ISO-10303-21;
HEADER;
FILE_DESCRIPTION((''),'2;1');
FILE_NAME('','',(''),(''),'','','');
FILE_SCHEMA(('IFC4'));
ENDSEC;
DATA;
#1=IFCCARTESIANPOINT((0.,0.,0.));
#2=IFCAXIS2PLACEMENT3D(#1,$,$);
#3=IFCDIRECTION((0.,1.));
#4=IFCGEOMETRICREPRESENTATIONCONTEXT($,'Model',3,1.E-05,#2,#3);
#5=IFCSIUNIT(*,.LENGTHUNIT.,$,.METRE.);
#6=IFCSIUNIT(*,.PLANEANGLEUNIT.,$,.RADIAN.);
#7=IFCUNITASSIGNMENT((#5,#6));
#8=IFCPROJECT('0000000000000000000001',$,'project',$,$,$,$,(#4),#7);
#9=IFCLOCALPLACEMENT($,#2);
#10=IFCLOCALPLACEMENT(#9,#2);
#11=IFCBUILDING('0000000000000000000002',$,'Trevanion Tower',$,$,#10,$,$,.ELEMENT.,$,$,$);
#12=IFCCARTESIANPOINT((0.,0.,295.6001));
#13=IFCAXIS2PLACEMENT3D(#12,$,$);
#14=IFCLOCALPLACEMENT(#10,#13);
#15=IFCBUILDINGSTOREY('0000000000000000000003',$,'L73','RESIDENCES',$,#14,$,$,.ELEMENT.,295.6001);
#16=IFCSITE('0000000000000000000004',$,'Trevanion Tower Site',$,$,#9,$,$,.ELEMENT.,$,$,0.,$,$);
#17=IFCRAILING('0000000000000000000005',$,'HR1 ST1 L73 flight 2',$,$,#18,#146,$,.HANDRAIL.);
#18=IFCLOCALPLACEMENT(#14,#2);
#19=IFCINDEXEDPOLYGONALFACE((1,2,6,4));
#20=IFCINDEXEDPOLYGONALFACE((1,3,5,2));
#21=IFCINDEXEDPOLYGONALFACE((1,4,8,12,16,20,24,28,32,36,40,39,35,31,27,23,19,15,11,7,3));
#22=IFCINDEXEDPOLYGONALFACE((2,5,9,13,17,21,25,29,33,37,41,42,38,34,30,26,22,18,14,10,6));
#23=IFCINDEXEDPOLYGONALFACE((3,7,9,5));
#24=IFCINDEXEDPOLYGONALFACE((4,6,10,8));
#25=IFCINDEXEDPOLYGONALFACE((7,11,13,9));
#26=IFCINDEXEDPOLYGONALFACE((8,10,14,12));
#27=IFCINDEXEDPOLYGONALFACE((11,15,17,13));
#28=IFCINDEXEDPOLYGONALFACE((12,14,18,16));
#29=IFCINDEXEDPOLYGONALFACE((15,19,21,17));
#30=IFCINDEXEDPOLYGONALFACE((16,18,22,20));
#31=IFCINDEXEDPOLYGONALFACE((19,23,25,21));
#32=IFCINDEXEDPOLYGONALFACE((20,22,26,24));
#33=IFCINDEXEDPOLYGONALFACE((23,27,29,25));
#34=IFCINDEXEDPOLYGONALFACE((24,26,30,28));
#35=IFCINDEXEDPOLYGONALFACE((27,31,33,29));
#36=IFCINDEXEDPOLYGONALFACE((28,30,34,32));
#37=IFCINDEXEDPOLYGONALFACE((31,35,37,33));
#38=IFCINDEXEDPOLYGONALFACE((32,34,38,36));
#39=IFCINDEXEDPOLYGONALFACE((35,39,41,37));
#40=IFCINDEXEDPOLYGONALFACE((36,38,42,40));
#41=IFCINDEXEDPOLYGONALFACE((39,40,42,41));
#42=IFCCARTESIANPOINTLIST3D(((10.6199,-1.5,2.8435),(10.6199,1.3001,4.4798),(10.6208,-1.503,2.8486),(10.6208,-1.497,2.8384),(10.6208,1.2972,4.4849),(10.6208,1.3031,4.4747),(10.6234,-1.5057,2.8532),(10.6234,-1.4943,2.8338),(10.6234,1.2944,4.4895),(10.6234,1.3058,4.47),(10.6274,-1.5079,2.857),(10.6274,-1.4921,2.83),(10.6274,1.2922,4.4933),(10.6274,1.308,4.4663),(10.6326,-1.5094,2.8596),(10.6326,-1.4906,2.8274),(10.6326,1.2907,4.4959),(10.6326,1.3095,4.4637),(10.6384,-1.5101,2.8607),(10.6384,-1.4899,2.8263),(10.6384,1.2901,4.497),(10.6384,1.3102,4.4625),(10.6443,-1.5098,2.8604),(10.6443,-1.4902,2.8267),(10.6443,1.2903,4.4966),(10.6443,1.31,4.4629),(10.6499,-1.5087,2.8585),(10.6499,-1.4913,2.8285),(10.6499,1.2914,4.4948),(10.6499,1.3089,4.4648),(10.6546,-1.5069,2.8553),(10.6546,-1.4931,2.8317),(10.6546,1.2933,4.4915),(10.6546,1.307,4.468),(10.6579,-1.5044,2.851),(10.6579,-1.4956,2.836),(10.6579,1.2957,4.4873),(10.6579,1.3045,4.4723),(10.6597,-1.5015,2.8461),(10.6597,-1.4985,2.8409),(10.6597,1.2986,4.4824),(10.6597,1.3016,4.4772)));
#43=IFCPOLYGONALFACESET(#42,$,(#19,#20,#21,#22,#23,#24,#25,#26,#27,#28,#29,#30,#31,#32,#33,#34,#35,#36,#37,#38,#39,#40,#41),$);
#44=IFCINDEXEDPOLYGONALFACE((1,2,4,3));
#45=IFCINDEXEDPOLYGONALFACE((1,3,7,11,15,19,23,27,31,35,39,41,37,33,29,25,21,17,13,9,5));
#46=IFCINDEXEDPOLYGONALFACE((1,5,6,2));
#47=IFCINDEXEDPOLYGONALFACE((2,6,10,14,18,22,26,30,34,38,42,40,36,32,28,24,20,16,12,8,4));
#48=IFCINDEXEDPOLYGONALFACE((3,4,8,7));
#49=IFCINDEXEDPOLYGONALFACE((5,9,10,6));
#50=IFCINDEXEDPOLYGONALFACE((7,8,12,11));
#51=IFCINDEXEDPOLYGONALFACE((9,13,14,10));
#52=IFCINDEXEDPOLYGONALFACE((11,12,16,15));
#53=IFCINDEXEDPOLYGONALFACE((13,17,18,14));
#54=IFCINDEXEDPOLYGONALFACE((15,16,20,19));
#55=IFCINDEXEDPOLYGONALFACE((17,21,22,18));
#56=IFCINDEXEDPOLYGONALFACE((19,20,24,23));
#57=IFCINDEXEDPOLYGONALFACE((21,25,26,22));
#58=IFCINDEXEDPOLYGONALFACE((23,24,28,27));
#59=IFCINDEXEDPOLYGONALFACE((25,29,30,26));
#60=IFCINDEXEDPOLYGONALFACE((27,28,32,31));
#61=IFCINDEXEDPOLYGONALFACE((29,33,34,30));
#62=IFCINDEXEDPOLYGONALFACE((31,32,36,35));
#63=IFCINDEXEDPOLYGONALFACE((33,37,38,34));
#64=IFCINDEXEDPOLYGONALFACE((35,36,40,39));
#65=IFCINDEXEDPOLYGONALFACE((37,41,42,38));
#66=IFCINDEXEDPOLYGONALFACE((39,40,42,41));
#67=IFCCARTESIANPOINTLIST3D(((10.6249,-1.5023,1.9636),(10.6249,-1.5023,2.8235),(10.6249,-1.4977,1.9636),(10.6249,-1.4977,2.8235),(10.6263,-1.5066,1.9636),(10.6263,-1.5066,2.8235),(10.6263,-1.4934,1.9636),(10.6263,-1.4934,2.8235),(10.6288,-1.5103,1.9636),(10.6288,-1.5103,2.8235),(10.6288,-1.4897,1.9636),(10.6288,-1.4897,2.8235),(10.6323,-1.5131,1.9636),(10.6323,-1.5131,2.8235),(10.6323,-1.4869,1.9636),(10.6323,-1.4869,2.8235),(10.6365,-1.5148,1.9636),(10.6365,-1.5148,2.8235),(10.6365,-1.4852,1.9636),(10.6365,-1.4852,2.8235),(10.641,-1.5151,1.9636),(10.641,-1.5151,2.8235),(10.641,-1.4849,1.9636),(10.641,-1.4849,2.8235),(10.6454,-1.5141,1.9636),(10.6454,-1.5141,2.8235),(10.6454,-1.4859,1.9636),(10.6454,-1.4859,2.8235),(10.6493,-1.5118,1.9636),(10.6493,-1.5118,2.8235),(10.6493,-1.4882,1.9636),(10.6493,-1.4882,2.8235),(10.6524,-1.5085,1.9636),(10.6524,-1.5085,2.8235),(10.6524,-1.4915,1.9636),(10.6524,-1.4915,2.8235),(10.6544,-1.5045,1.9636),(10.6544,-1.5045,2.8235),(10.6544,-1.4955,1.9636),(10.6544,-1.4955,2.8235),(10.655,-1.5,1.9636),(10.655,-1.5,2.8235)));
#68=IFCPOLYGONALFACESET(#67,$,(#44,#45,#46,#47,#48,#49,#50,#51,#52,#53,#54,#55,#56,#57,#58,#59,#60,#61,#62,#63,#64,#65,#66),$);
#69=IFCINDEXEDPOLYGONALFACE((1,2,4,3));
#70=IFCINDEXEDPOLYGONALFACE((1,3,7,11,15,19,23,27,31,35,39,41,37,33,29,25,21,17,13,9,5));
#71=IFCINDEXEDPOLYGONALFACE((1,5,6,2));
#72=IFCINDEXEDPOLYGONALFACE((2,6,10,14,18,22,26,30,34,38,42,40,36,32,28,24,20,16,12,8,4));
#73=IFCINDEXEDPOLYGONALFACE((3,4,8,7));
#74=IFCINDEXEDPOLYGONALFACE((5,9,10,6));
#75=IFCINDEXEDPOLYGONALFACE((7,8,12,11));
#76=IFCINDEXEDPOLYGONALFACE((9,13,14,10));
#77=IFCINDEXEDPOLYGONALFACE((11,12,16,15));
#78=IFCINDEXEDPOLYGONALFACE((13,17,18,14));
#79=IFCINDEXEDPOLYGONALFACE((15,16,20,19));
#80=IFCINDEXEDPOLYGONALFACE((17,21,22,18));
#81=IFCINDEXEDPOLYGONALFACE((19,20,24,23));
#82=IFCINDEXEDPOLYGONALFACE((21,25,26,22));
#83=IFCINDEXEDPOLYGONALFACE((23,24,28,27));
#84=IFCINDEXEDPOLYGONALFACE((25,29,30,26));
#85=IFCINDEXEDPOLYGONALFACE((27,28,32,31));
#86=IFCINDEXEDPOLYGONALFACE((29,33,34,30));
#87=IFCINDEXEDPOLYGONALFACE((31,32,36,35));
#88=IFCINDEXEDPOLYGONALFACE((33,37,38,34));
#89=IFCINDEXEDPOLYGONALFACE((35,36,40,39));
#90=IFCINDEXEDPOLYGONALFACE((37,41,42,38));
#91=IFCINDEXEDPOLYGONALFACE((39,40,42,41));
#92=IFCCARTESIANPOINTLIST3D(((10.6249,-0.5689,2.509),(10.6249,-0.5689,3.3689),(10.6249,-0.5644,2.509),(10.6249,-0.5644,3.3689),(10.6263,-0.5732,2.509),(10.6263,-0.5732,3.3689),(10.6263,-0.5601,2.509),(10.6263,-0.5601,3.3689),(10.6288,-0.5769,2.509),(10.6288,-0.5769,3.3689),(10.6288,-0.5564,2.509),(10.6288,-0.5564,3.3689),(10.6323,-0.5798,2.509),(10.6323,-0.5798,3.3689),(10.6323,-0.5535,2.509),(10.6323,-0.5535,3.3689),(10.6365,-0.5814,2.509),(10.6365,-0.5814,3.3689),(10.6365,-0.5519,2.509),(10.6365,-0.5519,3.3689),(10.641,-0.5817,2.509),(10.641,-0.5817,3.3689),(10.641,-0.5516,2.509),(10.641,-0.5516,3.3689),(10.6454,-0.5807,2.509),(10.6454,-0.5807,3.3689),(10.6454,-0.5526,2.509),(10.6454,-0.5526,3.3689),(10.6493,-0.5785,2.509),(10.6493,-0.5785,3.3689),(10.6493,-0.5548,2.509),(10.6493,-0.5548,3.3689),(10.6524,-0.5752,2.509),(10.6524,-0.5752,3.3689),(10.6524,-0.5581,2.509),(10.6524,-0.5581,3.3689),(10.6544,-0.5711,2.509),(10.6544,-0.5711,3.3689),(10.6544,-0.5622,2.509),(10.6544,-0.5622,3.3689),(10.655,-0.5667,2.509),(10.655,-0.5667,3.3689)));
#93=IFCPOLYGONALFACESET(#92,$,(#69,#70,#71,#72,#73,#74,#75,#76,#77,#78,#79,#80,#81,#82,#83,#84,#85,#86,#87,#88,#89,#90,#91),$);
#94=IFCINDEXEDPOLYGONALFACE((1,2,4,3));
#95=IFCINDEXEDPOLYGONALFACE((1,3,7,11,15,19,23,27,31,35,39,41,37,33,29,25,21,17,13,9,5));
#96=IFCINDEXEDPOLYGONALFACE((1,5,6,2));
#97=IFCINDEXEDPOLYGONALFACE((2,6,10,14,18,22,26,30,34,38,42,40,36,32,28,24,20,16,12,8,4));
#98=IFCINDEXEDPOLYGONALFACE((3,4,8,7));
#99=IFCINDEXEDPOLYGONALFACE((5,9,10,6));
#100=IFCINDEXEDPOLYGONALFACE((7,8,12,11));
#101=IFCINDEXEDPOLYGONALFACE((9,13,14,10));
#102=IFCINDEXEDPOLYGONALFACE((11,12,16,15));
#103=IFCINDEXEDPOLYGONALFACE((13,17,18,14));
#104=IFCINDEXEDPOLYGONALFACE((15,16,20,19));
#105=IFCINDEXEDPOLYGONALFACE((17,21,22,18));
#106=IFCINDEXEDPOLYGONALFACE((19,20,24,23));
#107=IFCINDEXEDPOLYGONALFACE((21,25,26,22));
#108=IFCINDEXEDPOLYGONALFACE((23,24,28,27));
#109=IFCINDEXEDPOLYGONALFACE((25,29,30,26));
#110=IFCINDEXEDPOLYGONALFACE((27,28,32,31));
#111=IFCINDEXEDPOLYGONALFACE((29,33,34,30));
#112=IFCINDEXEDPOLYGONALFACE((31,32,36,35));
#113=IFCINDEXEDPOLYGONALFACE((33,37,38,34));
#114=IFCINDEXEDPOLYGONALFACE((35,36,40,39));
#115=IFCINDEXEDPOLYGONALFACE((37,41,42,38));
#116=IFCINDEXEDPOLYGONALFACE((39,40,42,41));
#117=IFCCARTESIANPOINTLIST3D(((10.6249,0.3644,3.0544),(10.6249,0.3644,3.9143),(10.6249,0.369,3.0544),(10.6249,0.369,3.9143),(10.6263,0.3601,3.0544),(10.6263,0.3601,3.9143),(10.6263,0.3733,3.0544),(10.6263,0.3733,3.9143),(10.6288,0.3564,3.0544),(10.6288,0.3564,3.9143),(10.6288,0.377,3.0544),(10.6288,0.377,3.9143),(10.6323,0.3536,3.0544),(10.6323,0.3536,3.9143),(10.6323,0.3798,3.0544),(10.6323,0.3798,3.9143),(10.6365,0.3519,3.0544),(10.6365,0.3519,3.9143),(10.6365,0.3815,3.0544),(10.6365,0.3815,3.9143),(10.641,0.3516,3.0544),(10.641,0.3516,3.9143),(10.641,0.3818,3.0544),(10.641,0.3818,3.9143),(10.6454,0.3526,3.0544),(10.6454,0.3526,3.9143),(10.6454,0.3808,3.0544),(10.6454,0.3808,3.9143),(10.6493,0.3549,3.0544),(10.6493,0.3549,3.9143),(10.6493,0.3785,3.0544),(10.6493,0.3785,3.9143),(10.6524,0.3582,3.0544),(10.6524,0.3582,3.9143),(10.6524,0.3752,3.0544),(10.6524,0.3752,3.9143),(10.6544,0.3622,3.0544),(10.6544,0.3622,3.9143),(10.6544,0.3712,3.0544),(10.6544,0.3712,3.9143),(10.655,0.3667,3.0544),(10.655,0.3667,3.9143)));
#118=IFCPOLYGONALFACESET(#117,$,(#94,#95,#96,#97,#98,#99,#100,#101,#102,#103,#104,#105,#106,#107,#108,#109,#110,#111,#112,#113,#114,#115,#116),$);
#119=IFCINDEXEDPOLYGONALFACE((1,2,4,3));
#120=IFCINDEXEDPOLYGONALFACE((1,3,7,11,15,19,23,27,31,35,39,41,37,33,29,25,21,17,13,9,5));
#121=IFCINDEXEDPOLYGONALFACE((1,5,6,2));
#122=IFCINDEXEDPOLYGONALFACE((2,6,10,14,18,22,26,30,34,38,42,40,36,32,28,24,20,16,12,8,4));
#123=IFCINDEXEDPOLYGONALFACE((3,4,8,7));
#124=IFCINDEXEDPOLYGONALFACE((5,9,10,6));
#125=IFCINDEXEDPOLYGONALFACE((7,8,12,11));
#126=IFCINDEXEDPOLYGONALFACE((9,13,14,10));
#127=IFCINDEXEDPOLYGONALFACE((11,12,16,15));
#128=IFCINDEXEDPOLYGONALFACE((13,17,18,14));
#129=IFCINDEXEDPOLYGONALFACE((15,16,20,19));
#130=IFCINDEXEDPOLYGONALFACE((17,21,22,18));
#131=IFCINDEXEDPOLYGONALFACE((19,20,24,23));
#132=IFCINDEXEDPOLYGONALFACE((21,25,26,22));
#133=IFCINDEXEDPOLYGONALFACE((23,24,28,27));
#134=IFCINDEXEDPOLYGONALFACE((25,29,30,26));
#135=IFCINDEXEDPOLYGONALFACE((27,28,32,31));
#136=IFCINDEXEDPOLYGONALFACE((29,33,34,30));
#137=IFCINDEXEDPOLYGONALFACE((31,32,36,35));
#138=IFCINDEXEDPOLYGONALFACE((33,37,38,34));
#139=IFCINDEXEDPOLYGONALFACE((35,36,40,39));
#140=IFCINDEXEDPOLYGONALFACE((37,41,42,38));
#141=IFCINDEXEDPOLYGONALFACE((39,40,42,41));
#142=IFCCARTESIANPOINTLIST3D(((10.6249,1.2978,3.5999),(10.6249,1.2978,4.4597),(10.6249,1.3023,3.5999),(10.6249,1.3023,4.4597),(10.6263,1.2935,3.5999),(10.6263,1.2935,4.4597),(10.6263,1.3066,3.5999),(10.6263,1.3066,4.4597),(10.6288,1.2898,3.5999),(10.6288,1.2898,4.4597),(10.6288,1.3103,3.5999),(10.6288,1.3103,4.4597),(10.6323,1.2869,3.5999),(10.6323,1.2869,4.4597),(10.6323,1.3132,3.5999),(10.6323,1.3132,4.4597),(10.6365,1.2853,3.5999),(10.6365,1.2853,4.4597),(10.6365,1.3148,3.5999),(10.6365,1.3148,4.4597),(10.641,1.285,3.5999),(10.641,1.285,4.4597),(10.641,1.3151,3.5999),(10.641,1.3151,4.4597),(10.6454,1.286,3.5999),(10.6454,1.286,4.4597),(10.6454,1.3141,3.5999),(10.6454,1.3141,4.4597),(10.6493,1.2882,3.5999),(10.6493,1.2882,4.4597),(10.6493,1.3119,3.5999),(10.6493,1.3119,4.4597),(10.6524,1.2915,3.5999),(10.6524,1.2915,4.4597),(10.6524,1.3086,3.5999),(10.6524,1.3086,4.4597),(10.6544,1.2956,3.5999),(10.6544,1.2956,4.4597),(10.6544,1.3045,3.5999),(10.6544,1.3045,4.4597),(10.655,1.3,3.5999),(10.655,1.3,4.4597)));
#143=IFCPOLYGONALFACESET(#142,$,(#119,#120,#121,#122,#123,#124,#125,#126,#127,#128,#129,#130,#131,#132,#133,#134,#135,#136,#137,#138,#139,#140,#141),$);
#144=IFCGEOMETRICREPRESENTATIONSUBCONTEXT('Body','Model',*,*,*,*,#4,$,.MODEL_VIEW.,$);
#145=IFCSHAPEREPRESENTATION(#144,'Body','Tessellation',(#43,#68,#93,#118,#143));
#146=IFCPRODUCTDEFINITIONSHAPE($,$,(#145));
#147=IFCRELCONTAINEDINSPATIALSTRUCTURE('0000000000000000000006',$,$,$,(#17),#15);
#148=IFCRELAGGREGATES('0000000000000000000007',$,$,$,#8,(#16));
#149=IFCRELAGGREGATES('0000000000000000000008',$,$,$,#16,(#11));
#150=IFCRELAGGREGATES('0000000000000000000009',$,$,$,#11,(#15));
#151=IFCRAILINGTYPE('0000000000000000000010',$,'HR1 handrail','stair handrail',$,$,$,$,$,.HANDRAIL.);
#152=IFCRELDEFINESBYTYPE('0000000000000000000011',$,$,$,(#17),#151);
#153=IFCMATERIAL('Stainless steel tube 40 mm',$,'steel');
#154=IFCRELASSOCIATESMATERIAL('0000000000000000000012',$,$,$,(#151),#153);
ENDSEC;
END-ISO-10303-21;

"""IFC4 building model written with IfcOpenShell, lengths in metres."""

from ifc_helpers import new_model, si_unit, direction, frame, origin, origin_2d, place, context, subcontext, project, spatial, circle, extrude, material, type_object, element, save


model = new_model("IFC4")

# Units and contexts
model_context = context("Model", 3, precision=1e-05, world=origin(), true_north=direction((0.0, 1.0)))
body_context = subcontext(model_context, "Body", "Model", "MODEL_VIEW")
ifc_project = project(units=[si_unit("LENGTHUNIT", "METRE"), si_unit("PLANEANGLEUNIT", "RADIAN")], contexts=[model_context])

# Site, building, storey
site_placement = place(None, origin())
site = spatial("IfcSite", under=ifc_project, at=site_placement, Name="Trevanion Tower Site", CompositionType="ELEMENT", RefElevation=0.0)
building_placement = place(site_placement, origin())
building = spatial("IfcBuilding", under=site, at=building_placement, Name="Trevanion Tower", CompositionType="ELEMENT")
storey_placement = place(building_placement, frame((0.0, 0.0, 295.6001)))
storey = spatial("IfcBuildingStorey", under=building, at=storey_placement, Name="L73", Description="RESIDENCES", CompositionType="ELEMENT", Elevation=295.6001)

# Railing
ifc_material_1 = material(Name="Stainless steel tube 40 mm", Category="steel")
railing_type = type_object("IfcRailingType", Name="HR1 handrail", Description="stair handrail", PredefinedType="HANDRAIL", material=ifc_material_1)
for number, where, name in (
    (1, (10.6399, -1.5, 1.9636), "HR1 ST1 L73 flight 2"),
):
    element("IfcRailing", number, at=place(storey_placement, frame(where)), inside=storey, type_object=railing_type, Name=name, PredefinedType="HANDRAIL", context=body_context, shape_type="SweptSolid", body=[
        extrude(circle(Radius=0.02, at=origin_2d()), frame((0.0, 0.0, 0.8799), z_axis=(0.0, 0.863394, 0.504531), x_axis=(-1.0, 0.0, 0.0)), (0.0, 0.0, 1.0), 3.2432),
        extrude(circle(Radius=0.0151, at=origin_2d()), origin(), (0.0, 0.0, 1.0), 0.8599),
        extrude(circle(Radius=0.0151, at=origin_2d()), frame((0.0, 0.9333, 0.5454)), (0.0, 0.0, 1.0), 0.8599),
        extrude(circle(Radius=0.0151, at=origin_2d()), frame((0.0, 1.8667, 1.0908)), (0.0, 0.0, 1.0), 0.8599),
        extrude(circle(Radius=0.0151, at=origin_2d()), frame((0.0, 2.8, 1.6362)), (0.0, 0.0, 1.0), 0.8599),
    ])

save(model, "model.ifc")
